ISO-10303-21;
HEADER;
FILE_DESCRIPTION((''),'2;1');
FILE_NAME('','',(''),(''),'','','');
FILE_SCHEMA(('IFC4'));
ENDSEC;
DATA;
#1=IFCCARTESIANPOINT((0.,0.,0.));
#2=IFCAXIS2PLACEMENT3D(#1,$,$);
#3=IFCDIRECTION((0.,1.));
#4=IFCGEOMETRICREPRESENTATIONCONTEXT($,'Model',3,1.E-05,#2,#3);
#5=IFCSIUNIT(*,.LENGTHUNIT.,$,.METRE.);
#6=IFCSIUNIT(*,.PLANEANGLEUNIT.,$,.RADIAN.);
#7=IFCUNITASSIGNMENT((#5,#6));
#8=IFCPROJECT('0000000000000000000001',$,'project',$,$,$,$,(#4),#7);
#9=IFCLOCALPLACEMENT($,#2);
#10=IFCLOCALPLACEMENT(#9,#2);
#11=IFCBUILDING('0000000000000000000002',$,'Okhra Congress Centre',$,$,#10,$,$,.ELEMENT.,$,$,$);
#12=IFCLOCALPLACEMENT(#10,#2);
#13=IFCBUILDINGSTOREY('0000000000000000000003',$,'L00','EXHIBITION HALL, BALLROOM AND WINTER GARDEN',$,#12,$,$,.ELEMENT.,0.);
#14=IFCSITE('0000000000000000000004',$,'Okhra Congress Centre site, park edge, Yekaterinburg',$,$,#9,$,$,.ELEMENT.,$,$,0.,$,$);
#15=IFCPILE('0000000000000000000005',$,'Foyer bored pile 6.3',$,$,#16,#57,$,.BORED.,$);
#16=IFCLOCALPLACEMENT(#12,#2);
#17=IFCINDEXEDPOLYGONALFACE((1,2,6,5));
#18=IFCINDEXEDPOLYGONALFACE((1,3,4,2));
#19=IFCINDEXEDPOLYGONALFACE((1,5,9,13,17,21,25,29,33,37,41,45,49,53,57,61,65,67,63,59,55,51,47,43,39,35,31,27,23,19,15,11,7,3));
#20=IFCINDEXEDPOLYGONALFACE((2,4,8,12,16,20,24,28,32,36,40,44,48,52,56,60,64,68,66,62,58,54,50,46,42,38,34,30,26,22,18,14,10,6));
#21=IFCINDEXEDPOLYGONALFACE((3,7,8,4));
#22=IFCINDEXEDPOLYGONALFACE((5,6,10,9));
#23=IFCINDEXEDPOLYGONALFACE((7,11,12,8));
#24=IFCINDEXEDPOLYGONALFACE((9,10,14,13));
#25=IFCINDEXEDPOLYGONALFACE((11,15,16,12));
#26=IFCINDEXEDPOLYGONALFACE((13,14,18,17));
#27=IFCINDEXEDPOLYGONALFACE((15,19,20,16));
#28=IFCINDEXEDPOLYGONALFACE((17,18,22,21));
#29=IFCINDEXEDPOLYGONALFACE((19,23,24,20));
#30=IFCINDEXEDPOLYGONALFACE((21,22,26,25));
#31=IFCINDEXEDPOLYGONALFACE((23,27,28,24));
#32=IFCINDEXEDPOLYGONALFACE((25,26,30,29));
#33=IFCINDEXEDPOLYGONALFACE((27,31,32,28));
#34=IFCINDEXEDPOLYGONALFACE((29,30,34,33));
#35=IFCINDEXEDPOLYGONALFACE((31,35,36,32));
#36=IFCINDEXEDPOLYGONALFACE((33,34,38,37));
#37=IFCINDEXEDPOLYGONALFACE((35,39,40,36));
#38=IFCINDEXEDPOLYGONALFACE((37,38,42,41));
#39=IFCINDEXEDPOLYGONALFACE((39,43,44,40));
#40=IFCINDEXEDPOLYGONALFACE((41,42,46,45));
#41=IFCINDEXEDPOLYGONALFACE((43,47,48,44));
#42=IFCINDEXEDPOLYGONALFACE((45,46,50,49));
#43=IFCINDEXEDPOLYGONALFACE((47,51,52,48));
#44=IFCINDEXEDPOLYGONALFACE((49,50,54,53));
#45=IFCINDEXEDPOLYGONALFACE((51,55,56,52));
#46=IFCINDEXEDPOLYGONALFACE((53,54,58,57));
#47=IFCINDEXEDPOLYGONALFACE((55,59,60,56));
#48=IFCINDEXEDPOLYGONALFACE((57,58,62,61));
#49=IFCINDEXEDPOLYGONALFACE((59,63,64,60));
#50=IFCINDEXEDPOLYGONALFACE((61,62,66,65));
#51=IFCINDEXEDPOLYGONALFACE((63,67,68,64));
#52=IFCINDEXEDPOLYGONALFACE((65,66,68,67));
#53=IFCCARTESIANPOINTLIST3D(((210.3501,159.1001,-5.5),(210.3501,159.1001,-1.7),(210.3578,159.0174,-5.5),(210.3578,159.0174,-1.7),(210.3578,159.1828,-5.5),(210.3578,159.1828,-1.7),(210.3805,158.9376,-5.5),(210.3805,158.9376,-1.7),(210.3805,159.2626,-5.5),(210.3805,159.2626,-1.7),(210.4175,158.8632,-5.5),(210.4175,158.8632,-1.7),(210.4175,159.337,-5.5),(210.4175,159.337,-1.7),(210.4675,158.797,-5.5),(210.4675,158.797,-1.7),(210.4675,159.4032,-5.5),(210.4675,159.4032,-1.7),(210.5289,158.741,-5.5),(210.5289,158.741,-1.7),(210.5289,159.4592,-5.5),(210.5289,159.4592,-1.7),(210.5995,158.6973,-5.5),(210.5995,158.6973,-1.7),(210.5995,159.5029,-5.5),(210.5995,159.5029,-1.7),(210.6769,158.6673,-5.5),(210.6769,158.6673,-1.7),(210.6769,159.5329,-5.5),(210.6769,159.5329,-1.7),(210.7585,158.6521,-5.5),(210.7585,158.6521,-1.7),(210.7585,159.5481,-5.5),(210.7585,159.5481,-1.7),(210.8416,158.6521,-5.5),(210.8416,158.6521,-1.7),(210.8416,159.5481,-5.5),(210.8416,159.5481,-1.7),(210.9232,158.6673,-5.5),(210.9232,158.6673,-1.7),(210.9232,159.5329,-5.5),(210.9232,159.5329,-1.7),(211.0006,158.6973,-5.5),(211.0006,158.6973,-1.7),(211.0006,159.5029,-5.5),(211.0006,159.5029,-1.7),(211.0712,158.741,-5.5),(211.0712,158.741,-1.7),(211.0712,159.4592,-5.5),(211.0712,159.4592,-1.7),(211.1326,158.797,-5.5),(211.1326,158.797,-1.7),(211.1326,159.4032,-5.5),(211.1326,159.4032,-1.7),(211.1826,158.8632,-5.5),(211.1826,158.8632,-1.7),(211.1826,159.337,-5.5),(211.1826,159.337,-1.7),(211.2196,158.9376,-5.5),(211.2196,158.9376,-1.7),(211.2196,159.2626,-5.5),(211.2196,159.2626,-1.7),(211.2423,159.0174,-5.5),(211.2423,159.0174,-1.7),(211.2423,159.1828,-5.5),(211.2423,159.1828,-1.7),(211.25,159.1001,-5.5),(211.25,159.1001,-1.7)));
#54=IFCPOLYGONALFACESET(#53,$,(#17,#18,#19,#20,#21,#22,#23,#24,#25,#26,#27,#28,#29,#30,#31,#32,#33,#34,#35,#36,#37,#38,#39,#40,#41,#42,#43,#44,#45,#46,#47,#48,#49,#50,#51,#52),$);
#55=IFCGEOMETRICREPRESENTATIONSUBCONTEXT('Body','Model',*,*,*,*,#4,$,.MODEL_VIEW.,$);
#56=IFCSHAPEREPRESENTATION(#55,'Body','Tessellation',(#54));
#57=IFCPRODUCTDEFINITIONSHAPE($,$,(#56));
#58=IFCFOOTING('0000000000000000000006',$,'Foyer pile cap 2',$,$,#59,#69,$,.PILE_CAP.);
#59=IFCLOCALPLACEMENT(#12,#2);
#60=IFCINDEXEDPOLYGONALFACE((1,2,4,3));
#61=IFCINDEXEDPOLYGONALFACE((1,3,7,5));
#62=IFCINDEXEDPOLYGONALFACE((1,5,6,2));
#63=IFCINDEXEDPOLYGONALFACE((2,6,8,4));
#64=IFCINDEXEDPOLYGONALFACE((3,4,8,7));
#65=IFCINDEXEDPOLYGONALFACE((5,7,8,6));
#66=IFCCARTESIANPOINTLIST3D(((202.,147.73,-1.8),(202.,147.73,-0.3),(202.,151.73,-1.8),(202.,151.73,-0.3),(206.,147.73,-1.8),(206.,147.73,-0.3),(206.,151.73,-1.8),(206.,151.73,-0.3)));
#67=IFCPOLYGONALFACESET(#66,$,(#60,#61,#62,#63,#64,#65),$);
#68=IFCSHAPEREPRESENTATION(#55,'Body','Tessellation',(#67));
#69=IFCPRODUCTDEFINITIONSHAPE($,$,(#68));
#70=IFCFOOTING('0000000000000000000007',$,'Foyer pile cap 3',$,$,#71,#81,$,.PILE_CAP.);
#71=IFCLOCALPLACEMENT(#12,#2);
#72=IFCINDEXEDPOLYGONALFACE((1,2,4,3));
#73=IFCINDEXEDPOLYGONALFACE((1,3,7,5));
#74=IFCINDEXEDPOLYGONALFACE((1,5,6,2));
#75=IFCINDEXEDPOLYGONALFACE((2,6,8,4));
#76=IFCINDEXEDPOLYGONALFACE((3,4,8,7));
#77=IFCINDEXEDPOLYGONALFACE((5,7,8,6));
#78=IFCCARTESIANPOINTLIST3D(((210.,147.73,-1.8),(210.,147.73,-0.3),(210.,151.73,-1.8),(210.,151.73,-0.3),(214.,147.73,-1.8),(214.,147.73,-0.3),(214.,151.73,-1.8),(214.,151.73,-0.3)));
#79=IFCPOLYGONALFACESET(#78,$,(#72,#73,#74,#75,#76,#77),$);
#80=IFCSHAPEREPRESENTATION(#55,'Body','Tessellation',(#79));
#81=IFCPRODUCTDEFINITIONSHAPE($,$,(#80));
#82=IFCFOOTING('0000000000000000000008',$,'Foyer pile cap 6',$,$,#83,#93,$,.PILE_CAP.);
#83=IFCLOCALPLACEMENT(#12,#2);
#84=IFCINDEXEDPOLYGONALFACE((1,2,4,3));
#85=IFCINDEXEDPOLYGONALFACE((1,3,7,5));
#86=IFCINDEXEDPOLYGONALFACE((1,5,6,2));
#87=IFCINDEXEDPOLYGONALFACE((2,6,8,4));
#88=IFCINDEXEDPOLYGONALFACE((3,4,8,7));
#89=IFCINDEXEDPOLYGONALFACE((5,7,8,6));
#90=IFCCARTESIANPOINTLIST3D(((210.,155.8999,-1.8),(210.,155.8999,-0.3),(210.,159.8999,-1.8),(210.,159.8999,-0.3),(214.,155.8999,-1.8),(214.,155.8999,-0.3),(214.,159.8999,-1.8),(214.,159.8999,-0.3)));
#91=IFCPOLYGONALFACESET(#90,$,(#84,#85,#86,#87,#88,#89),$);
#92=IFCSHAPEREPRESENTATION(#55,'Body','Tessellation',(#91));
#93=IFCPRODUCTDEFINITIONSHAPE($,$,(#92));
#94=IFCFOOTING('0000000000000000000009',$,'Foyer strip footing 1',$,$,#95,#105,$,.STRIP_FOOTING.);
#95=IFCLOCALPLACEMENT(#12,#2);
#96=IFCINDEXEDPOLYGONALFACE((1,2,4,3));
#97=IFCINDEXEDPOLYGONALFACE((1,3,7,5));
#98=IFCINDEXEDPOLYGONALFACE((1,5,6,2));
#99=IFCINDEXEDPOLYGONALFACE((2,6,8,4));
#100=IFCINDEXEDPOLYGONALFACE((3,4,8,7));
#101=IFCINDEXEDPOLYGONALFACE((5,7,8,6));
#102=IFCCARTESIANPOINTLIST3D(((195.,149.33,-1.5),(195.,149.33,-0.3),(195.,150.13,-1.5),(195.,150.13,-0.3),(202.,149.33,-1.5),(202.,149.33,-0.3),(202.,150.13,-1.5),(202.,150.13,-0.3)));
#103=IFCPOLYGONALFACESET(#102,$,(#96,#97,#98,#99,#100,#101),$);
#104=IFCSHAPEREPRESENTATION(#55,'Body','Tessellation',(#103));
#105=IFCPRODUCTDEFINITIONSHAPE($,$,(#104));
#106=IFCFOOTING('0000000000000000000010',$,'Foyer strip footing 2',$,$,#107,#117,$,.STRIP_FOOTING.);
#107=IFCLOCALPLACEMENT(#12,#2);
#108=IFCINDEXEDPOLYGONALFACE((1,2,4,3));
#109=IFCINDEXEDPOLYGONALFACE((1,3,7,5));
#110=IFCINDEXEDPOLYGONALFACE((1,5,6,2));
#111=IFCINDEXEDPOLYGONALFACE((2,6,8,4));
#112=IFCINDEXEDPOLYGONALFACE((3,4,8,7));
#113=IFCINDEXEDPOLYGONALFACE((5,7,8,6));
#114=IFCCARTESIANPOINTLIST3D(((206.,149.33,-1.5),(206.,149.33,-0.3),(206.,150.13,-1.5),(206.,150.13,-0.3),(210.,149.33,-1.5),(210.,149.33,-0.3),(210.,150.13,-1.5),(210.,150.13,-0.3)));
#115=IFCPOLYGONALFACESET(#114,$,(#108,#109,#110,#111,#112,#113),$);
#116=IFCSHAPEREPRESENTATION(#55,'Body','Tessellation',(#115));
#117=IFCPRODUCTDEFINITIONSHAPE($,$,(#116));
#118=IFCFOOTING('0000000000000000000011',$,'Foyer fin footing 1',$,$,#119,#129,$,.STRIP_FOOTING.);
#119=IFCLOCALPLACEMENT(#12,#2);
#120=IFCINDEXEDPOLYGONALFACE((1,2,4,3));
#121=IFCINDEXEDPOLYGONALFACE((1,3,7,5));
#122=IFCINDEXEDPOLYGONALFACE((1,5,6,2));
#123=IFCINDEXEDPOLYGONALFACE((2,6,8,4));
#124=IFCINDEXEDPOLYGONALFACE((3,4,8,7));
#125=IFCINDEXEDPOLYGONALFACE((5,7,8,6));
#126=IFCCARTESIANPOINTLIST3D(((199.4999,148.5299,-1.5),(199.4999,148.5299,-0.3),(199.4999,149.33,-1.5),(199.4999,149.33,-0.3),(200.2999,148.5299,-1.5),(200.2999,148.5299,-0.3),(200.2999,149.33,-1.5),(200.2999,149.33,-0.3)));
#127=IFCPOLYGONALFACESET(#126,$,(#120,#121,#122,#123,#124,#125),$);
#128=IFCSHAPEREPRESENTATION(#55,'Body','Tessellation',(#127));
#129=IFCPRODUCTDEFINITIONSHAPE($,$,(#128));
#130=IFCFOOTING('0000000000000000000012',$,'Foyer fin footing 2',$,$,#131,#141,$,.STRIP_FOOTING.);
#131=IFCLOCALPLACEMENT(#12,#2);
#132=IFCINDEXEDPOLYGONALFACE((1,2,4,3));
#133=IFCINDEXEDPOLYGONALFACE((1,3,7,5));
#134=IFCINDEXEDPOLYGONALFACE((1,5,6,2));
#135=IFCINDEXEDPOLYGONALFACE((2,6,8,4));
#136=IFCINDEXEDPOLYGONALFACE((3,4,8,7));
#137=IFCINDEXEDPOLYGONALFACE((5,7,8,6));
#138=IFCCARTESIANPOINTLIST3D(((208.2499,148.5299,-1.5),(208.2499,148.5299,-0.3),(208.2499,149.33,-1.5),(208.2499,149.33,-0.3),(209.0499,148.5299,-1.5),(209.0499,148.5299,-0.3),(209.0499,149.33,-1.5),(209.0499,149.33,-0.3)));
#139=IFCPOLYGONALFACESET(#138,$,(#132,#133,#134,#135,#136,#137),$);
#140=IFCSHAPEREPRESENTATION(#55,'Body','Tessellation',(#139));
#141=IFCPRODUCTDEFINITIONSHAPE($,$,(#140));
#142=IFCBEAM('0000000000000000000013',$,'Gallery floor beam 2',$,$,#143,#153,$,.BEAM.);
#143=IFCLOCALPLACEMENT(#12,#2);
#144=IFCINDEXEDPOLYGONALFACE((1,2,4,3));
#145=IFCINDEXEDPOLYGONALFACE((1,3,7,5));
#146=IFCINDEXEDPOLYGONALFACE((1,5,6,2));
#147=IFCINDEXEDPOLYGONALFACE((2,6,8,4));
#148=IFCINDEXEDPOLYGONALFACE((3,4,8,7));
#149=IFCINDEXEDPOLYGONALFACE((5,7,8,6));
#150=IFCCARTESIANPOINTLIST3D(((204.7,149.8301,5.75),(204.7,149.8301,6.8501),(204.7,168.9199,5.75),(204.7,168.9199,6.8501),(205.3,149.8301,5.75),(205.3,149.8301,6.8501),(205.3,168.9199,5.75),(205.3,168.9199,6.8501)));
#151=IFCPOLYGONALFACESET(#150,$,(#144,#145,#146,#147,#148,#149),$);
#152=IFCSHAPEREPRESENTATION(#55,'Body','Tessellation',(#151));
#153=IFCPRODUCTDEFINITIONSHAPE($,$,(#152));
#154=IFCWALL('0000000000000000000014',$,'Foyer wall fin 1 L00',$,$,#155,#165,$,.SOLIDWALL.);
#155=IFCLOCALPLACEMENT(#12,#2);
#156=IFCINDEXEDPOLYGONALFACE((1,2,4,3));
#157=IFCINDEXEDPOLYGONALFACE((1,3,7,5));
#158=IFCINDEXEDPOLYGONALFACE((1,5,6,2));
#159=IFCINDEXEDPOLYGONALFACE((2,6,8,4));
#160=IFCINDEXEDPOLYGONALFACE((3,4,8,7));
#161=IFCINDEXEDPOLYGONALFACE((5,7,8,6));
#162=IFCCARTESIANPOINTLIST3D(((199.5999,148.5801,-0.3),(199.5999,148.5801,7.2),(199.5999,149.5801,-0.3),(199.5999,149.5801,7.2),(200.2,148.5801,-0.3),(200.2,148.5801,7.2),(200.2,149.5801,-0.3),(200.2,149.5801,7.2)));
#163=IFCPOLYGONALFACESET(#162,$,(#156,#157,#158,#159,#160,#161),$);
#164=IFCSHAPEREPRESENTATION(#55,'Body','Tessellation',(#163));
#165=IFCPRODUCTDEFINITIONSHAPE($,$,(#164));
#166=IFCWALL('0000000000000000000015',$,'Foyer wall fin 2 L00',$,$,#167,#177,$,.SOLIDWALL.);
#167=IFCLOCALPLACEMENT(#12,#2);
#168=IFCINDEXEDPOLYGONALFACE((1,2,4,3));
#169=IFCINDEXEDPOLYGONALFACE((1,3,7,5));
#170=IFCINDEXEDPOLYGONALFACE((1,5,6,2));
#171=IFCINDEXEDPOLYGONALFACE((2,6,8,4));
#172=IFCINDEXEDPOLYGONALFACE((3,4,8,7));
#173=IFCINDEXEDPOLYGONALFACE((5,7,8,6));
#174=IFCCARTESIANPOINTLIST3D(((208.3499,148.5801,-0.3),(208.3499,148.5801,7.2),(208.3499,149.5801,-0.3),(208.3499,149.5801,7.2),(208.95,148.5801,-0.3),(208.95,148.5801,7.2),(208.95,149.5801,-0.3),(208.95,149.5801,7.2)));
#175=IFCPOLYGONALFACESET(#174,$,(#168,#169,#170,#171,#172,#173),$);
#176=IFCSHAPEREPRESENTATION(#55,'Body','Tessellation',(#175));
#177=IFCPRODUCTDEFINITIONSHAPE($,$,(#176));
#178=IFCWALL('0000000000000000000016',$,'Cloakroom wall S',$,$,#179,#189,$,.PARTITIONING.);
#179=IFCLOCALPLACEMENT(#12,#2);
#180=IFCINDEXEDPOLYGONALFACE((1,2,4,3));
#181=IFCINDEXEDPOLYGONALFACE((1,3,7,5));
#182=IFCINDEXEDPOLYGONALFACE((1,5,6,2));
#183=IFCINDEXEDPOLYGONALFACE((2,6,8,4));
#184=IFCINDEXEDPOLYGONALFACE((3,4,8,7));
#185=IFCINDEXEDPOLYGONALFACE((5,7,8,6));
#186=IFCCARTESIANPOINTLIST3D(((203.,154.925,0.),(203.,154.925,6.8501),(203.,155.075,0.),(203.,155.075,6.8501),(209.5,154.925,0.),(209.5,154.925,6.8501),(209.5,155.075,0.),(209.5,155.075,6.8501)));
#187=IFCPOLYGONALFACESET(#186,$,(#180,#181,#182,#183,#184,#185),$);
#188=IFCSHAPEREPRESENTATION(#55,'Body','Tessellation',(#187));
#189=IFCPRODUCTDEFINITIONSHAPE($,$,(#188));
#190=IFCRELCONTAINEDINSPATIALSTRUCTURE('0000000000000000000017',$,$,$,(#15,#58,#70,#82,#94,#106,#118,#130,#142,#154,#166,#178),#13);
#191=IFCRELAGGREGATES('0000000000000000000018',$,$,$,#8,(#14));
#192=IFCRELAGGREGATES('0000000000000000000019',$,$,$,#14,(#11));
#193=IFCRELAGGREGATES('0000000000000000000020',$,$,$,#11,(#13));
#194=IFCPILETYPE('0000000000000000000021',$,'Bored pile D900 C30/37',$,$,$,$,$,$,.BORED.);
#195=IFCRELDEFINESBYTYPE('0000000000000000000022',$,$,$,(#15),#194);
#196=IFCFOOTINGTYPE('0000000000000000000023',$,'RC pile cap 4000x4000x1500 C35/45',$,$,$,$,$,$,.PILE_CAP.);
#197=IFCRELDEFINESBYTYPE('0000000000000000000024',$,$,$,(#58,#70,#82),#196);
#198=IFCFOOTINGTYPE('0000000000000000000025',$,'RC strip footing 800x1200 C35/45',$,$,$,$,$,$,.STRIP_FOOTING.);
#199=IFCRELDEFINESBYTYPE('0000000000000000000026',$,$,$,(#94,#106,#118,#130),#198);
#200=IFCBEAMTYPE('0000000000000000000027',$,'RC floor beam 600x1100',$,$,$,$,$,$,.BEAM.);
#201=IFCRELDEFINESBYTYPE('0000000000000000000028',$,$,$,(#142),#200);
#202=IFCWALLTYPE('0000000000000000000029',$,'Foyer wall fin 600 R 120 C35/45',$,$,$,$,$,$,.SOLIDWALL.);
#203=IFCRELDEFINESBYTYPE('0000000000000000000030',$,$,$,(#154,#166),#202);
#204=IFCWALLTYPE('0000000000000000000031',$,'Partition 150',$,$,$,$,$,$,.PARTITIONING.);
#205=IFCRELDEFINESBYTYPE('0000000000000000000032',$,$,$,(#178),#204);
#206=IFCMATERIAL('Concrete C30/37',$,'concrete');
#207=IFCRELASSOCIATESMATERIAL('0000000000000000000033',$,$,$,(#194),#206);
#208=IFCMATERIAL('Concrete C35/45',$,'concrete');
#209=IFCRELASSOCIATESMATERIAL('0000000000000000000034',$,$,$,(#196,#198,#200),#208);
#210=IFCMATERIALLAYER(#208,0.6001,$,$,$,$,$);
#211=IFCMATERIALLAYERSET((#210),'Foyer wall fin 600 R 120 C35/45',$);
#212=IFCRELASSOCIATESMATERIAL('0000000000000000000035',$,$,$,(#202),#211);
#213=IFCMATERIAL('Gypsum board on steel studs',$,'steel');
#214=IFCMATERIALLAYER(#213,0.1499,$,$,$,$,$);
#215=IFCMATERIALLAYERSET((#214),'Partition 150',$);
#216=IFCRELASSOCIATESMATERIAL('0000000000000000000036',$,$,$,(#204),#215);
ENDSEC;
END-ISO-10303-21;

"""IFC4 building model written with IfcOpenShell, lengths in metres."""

from ifc_helpers import new_model, si_unit, direction, frame, frame_2d, origin, origin_2d, place, context, subcontext, project, spatial, rectangle, circle, extrude, material, layer, layer_set, material_profile, profile_set, type_object, element, save


model = new_model("IFC4")

# Units and contexts
model_context = context("Model", 3, precision=1e-05, world=origin(), true_north=direction((0.0, 1.0)))
body_context = subcontext(model_context, "Body", "Model", "MODEL_VIEW")
ifc_project = project(units=[si_unit("LENGTHUNIT", "METRE"), si_unit("PLANEANGLEUNIT", "RADIAN")], contexts=[model_context])

# Site, building, storey
site_placement = place(None, origin())
site = spatial("IfcSite", under=ifc_project, at=site_placement, Name="Okhra Congress Centre site, park edge, Yekaterinburg", CompositionType="ELEMENT", RefElevation=0.0)
building_placement = place(site_placement, origin())
building = spatial("IfcBuilding", under=site, at=building_placement, Name="Okhra Congress Centre", CompositionType="ELEMENT")
storey_placement = place(building_placement, origin())
storey = spatial("IfcBuildingStorey", under=building, at=storey_placement, Name="L00", Description="EXHIBITION HALL, BALLROOM AND WINTER GARDEN", CompositionType="ELEMENT", Elevation=0.0)

# Pile
ifc_material_1 = material(Name="Concrete C30/37", Category="concrete")
ifc_material_profile_1 = material_profile(ifc_material_1, circle(Radius=0.45, at=origin_2d()), Name="D900")
ifc_profile_set_1 = profile_set([ifc_material_profile_1], Name="Concrete C30/37")
pile_type = type_object("IfcPileType", Name="Bored pile D900 C30/37", PredefinedType="BORED", material=ifc_profile_set_1)
for number, where, z_axis, x_axis, name in (
    (1, (210.8, 159.1001, -1.7), (0.0, 0.0, -1.0), (1.0, 0.0, 0.0), "Foyer bored pile 6.3"),
):
    element("IfcPile", number, at=place(storey_placement, frame(where, z_axis=z_axis, x_axis=x_axis)), inside=storey, type_object=pile_type, Name=name, PredefinedType="BORED", context=body_context, shape_type="SweptSolid", body=[
        extrude(circle(Radius=0.45, at=origin_2d()), origin(), (0.0, 0.0, 1.0), 3.8),
    ])

# Footings
ifc_material_2 = material(Name="Concrete C35/45", Category="concrete")
footing_type_1 = type_object("IfcFootingType", Name="RC pile cap 4000x4000x1500 C35/45", PredefinedType="PILE_CAP", material=ifc_material_2)
for number, where, z_axis, x_axis, name in (
    (2, (204.0, 149.73, -1.8), (0.0, 0.0, 1.0), (1.0, 0.0, 0.0), "Foyer pile cap 2"),
    (3, (212.0, 149.73, -1.8), (0.0, 0.0, 1.0), (1.0, 0.0, 0.0), "Foyer pile cap 3"),
    (4, (212.0, 157.8999, -1.8), (0.0, 0.0, 1.0), (1.0, 0.0, 0.0), "Foyer pile cap 6"),
):
    element("IfcFooting", number, at=place(storey_placement, frame(where, z_axis=z_axis, x_axis=x_axis)), inside=storey, type_object=footing_type_1, Name=name, PredefinedType="PILE_CAP", context=body_context, shape_type="SweptSolid", body=[
        extrude(rectangle(XDim=4.0, YDim=4.0, at=origin_2d()), origin(), (0.0, 0.0, 1.0), 1.5),
    ])
footing_type_2 = type_object("IfcFootingType", Name="RC strip footing 800x1200 C35/45", PredefinedType="STRIP_FOOTING", material=ifc_material_2)
footing_1_placement = place(storey_placement, frame((198.5, 149.73, -1.5), z_axis=(0.0, 0.0, 1.0), x_axis=(1.0, 0.0, 0.0)))
element("IfcFooting", 5, at=footing_1_placement, inside=storey, type_object=footing_type_2, Name="Foyer strip footing 1", PredefinedType="STRIP_FOOTING", context=body_context, shape_type="SweptSolid", body=[
    extrude(rectangle(XDim=7.0, YDim=0.8, at=origin_2d()), origin(), (0.0, 0.0, 1.0), 1.2),
])
footing_2_placement = place(storey_placement, frame((208.0, 149.73, -1.5), z_axis=(0.0, 0.0, 1.0), x_axis=(1.0, 0.0, 0.0)))
element("IfcFooting", 6, at=footing_2_placement, inside=storey, type_object=footing_type_2, Name="Foyer strip footing 2", PredefinedType="STRIP_FOOTING", context=body_context, shape_type="SweptSolid", body=[
    extrude(rectangle(XDim=4.0, YDim=0.8, at=origin_2d()), origin(), (0.0, 0.0, 1.0), 1.2),
])
for number, where, z_axis, x_axis, name in (
    (7, (199.8999, 148.9299, -1.5), (0.0, 0.0, 1.0), (1.0, 0.0, 0.0), "Foyer fin footing 1"),
    (8, (208.6499, 148.9299, -1.5), (0.0, 0.0, 1.0), (1.0, 0.0, 0.0), "Foyer fin footing 2"),
):
    element("IfcFooting", number, at=place(storey_placement, frame(where, z_axis=z_axis, x_axis=x_axis)), inside=storey, type_object=footing_type_2, Name=name, PredefinedType="STRIP_FOOTING", context=body_context, shape_type="SweptSolid", body=[
        extrude(rectangle(XDim=0.8, YDim=0.8, at=origin_2d()), origin(), (0.0, 0.0, 1.0), 1.2),
    ])

# Beam
ifc_material_profile_2 = material_profile(ifc_material_2, rectangle(XDim=0.6001, YDim=1.1001, at=origin_2d()), Name="RC floor beam 600x1100")
ifc_profile_set_2 = profile_set([ifc_material_profile_2], Name="Concrete C35/45")
beam_type = type_object("IfcBeamType", Name="RC floor beam 600x1100", PredefinedType="BEAM", material=ifc_profile_set_2)
beam_placement = place(storey_placement, frame((205.0, 149.8301, 6.3), z_axis=(0.0, 1.0, 0.0), x_axis=(-1.0, 0.0, 0.0)))
element("IfcBeam", 9, at=beam_placement, inside=storey, type_object=beam_type, Name="Gallery floor beam 2", PredefinedType="BEAM", context=body_context, shape_type="SweptSolid", body=[
    extrude(rectangle(XDim=0.6001, YDim=1.1001, at=origin_2d()), origin(), (0.0, 0.0, 1.0), 19.0898),
])

# Walls
ifc_layer_1 = layer(ifc_material_2, 0.6001)
ifc_layer_set_1 = layer_set([ifc_layer_1], Name="Foyer wall fin 600 R 120 C35/45")
wall_type_1 = type_object("IfcWallType", Name="Foyer wall fin 600 R 120 C35/45", PredefinedType="SOLIDWALL", material=ifc_layer_set_1)
for number, where, z_axis, x_axis, name in (
    (10, (199.8999, 149.5801, -0.3), (0.0, 0.0, 1.0), (0.0, -1.0, 0.0), "Foyer wall fin 1 L00"),
    (11, (208.6499, 149.5801, -0.3), (0.0, 0.0, 1.0), (0.0, -1.0, 0.0), "Foyer wall fin 2 L00"),
):
    element("IfcWall", number, at=place(storey_placement, frame(where, z_axis=z_axis, x_axis=x_axis)), inside=storey, type_object=wall_type_1, Name=name, PredefinedType="SOLIDWALL", context=body_context, shape_type="SweptSolid", body=[
        extrude(rectangle(XDim=1.0, YDim=0.6001, at=frame_2d((0.5, 0.0))), origin(), (0.0, 0.0, 1.0), 7.5),
    ])
ifc_material_3 = material(Name="Gypsum board on steel studs", Category="steel")
ifc_layer_2 = layer(ifc_material_3, 0.1499)
ifc_layer_set_2 = layer_set([ifc_layer_2], Name="Partition 150")
wall_type_2 = type_object("IfcWallType", Name="Partition 150", PredefinedType="PARTITIONING", material=ifc_layer_set_2)
wall_1_placement = place(storey_placement, frame((203.0, 155.0, 0.0), z_axis=(0.0, 0.0, 1.0), x_axis=(1.0, 0.0, 0.0)))
element("IfcWall", 12, at=wall_1_placement, inside=storey, type_object=wall_type_2, Name="Cloakroom wall S", PredefinedType="PARTITIONING", context=body_context, shape_type="SweptSolid", body=[
    extrude(rectangle(XDim=6.5, YDim=0.1499, at=frame_2d((3.25, 0.0))), origin(), (0.0, 0.0, 1.0), 6.8501),
])

save(model, "model.ifc")
